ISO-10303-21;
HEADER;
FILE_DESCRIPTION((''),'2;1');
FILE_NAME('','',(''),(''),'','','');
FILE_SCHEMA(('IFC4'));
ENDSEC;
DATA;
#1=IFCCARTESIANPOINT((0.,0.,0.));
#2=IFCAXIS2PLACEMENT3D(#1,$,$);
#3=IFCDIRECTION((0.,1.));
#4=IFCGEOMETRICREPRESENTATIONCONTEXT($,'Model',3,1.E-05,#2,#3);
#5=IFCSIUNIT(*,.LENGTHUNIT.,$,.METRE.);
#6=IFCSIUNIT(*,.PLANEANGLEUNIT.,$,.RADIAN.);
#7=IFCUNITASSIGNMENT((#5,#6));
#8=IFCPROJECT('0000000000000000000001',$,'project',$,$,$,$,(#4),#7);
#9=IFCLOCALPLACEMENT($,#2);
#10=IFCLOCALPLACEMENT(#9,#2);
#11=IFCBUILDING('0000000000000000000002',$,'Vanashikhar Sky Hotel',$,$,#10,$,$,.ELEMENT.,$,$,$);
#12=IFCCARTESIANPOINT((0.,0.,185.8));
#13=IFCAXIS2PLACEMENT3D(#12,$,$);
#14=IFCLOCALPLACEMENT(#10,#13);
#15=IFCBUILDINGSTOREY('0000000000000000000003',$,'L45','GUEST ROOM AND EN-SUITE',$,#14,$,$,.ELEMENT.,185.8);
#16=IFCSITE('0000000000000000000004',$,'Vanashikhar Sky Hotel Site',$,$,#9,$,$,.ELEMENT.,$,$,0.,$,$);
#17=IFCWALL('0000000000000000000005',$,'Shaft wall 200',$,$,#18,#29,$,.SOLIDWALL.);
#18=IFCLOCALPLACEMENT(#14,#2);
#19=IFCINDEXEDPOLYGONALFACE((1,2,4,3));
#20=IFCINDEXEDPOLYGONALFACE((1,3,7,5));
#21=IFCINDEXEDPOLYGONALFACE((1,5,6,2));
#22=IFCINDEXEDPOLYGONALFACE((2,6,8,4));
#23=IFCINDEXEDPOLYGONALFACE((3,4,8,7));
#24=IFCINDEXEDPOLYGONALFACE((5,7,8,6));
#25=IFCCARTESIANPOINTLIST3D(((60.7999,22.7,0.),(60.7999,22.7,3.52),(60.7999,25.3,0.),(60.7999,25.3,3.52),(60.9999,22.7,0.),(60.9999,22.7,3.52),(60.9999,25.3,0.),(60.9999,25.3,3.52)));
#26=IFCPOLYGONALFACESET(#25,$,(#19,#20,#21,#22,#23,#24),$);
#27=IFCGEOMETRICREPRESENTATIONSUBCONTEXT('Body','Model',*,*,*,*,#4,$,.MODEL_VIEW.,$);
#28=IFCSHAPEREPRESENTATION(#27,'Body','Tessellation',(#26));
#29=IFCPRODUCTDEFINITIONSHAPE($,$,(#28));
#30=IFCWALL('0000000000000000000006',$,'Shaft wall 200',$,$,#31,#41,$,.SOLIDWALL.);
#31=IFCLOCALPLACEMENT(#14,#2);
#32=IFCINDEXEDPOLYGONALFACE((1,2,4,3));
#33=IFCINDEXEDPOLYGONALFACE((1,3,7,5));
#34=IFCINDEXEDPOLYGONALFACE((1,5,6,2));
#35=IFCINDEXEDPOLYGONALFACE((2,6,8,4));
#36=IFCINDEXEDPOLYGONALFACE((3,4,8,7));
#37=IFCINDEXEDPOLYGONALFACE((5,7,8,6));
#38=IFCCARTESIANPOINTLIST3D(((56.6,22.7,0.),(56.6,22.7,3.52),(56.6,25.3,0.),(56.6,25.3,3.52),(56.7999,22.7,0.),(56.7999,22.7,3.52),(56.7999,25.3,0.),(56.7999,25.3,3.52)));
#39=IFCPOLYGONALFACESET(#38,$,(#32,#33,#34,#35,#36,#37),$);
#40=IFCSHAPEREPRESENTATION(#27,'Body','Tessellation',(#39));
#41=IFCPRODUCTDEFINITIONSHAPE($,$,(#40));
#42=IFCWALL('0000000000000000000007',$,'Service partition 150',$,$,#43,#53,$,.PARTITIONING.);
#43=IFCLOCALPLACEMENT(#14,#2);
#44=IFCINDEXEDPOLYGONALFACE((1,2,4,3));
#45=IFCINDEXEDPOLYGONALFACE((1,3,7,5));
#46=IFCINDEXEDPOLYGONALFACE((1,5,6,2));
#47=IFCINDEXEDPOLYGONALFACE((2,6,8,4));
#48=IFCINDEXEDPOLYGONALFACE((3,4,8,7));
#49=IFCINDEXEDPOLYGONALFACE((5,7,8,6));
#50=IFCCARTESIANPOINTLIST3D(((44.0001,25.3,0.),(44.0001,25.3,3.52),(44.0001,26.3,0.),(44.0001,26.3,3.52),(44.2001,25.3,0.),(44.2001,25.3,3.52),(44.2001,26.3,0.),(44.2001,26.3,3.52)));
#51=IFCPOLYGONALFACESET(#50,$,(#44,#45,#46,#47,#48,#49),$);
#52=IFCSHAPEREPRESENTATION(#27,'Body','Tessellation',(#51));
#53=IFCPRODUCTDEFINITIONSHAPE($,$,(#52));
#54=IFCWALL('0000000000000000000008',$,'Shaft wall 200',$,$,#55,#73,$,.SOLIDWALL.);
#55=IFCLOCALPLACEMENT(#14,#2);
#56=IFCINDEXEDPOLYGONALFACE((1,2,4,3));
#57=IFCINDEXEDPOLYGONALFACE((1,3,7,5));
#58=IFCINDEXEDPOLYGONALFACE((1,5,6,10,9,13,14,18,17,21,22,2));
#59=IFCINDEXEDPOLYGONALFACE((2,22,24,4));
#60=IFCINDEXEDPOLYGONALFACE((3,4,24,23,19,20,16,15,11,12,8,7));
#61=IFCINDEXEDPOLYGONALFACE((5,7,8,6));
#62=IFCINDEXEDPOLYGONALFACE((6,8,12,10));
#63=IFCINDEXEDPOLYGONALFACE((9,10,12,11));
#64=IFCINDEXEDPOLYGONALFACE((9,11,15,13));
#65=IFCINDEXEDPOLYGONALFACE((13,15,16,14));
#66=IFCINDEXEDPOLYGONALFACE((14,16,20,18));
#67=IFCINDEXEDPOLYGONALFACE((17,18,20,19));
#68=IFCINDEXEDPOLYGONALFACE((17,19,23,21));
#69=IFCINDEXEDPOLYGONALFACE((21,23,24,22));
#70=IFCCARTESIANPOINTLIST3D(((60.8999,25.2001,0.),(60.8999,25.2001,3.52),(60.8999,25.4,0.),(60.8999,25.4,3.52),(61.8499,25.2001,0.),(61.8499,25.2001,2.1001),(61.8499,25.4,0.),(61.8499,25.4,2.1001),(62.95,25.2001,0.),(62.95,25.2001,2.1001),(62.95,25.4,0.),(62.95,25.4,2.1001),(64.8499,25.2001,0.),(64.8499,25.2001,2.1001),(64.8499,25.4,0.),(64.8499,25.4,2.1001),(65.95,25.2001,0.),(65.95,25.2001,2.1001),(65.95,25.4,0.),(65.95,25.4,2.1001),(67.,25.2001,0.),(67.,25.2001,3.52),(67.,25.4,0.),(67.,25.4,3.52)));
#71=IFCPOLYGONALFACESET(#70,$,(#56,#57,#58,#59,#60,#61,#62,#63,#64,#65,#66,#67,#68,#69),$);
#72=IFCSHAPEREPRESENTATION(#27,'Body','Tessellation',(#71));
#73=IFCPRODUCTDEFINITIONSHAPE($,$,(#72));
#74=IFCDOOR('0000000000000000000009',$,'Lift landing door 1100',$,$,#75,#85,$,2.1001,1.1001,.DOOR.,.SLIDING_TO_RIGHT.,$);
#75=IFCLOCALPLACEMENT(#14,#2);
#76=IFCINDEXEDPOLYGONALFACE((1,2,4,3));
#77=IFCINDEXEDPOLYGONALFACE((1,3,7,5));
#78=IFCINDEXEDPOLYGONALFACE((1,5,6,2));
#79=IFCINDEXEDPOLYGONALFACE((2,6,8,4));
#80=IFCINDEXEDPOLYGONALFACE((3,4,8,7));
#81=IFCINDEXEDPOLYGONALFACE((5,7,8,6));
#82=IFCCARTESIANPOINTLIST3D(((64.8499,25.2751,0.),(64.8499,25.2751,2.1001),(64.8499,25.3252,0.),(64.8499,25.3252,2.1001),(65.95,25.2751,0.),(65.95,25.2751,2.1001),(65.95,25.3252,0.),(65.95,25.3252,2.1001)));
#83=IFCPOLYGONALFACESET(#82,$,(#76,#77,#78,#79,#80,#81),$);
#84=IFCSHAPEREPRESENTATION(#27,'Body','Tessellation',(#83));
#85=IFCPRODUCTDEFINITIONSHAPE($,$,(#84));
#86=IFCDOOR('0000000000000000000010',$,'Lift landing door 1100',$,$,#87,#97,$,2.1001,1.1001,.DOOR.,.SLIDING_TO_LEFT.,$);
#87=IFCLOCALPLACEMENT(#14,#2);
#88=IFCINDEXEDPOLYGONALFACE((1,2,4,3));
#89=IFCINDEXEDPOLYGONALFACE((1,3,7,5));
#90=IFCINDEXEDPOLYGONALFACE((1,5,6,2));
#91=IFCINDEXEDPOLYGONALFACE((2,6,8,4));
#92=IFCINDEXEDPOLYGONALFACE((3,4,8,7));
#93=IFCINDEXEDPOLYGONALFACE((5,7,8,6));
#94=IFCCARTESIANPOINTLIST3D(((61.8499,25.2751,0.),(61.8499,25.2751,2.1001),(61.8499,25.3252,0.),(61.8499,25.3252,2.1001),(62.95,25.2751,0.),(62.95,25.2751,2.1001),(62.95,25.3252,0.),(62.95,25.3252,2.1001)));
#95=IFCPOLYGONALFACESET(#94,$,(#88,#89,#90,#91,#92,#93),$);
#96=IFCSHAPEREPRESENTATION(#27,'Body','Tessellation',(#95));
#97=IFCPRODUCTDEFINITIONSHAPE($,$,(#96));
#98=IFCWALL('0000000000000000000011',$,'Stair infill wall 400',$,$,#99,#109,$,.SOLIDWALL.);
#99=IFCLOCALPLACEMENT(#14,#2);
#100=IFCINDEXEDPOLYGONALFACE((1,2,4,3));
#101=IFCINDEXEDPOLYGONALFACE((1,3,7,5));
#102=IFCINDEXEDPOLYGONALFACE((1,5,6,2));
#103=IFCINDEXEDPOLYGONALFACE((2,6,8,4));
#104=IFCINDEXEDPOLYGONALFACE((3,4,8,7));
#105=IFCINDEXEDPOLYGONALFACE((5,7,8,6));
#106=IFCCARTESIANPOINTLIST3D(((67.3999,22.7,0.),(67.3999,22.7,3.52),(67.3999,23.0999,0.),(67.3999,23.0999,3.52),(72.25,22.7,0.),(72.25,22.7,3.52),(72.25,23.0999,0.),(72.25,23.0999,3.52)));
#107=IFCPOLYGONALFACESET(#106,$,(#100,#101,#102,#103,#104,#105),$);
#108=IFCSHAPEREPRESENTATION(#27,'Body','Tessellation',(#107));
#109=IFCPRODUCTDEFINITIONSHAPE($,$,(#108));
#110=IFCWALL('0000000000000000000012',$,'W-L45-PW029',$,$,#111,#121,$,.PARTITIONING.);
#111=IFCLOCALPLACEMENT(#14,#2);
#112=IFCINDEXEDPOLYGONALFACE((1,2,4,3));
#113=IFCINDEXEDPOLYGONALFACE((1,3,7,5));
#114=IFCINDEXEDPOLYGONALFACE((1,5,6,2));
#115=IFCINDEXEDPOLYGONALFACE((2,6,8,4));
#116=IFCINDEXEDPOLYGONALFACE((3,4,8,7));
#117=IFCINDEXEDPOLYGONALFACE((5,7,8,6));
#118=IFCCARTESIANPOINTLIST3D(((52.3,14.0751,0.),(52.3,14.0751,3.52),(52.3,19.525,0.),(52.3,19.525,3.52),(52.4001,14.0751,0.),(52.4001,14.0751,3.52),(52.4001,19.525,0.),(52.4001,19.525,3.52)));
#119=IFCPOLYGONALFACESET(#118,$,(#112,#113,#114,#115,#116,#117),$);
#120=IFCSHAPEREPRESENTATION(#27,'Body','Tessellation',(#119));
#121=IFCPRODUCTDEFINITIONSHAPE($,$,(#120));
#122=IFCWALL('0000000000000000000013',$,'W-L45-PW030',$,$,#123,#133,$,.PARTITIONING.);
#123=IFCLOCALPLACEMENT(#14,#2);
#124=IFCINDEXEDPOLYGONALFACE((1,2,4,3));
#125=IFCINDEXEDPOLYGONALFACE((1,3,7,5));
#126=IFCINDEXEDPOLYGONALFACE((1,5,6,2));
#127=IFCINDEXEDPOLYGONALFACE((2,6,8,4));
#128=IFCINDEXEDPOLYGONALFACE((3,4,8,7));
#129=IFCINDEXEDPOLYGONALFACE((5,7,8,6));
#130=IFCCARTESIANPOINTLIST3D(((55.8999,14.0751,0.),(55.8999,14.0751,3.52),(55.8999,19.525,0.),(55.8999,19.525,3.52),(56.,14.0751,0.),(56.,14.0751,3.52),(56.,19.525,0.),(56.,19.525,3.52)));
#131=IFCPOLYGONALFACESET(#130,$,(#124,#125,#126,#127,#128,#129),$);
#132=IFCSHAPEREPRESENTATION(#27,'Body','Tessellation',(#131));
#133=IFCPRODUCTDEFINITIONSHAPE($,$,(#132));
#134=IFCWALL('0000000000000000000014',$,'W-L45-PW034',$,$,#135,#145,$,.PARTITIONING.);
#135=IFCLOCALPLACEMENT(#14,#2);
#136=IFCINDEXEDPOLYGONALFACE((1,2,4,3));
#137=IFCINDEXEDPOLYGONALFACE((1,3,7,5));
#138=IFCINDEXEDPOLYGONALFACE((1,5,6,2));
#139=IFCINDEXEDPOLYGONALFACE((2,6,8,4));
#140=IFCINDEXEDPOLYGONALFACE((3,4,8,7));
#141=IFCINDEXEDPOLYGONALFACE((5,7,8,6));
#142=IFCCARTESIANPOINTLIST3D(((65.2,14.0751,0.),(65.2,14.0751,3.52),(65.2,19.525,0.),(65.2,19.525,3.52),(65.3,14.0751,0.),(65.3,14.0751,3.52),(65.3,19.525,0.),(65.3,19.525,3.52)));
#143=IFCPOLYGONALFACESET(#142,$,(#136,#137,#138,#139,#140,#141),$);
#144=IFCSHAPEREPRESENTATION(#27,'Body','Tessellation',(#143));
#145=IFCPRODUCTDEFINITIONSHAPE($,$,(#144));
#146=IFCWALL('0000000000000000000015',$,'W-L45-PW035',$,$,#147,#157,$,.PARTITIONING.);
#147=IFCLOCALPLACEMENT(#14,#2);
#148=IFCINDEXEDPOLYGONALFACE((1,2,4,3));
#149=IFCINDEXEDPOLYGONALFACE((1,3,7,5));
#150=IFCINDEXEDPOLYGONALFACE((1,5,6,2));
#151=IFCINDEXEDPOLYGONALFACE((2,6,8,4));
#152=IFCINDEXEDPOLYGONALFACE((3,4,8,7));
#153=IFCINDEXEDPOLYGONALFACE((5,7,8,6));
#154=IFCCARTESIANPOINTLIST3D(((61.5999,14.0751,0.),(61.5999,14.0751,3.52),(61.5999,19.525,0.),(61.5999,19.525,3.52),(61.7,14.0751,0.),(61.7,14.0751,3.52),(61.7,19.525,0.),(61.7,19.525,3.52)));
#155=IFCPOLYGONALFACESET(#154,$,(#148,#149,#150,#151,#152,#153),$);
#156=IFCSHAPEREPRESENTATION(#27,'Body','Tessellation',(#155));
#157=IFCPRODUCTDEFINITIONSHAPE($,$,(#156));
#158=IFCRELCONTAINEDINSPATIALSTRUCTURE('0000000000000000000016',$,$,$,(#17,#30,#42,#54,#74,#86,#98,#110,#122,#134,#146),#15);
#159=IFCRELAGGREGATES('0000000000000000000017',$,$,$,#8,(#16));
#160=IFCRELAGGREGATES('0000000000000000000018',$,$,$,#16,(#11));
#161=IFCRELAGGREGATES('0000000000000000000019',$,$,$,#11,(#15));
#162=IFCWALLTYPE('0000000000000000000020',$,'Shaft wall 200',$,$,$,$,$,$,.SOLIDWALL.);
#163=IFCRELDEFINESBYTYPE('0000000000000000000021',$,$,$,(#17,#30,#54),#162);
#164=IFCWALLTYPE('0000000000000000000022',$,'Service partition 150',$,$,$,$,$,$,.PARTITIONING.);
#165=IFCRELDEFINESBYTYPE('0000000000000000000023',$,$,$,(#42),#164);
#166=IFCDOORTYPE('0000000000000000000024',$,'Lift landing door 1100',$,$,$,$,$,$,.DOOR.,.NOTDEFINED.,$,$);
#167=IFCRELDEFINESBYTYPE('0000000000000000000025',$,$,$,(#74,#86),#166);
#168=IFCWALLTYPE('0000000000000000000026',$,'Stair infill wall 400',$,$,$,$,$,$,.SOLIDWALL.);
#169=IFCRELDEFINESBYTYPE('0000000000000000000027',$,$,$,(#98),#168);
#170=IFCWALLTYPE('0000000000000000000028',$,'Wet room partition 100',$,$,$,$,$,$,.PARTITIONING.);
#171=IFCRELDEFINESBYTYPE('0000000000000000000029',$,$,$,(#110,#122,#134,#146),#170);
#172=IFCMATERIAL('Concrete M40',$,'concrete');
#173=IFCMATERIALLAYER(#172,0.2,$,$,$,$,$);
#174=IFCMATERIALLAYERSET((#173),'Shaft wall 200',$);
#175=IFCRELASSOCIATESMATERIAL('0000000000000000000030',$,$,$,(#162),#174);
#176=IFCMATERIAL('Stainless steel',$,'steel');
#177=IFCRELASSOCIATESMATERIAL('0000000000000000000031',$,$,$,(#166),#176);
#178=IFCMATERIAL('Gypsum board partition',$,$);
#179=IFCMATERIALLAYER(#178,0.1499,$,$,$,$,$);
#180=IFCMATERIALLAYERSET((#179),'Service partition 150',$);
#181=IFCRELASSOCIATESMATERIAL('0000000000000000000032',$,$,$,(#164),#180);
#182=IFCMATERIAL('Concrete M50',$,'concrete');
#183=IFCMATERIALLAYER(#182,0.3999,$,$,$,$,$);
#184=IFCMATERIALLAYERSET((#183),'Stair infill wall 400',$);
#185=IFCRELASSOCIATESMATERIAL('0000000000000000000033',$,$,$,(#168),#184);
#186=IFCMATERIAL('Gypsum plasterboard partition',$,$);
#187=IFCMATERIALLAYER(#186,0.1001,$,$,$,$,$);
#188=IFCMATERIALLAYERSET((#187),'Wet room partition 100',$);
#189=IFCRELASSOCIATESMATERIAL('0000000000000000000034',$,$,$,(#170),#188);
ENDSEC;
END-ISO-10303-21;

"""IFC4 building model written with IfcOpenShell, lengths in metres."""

from ifc_helpers import new_model, si_unit, direction, frame, frame_2d, origin, place, context, subcontext, project, spatial, rectangle, extrude, source, transform, mapped, material, layer, layer_set, type_object, element, fill, save


model = new_model("IFC4")

# Units and contexts
model_context = context("Model", 3, precision=1e-05, world=origin(), true_north=direction((0.0, 1.0)))
body_context = subcontext(model_context, "Body", "Model", "MODEL_VIEW")
ifc_project = project(units=[si_unit("LENGTHUNIT", "METRE"), si_unit("PLANEANGLEUNIT", "RADIAN")], contexts=[model_context])

# Site, building, storey
site_placement = place(None, origin())
site = spatial("IfcSite", under=ifc_project, at=site_placement, Name="Vanashikhar Sky Hotel Site", CompositionType="ELEMENT", RefElevation=0.0)
building_placement = place(site_placement, origin())
building = spatial("IfcBuilding", under=site, at=building_placement, Name="Vanashikhar Sky Hotel", CompositionType="ELEMENT")
storey_placement = place(building_placement, frame((0.0, 0.0, 185.8)))
storey = spatial("IfcBuildingStorey", under=building, at=storey_placement, Name="L45", Description="GUEST ROOM AND EN-SUITE", CompositionType="ELEMENT", Elevation=185.8)

# Shared definitions
ifc_material_1 = material(Name="Concrete M50", Category="concrete")

# Shared definitions
shared_shape_1 = source(origin(), body_context, "Body", "SweptSolid", [
    extrude(rectangle(XDim=1.1001, YDim=2.1001, at=frame_2d((0.55, 1.05))), frame((0.0, 0.0249, 0.0), z_axis=(0.0, -1.0, 0.0), x_axis=(1.0, 0.0, 0.0)), (0.0, 0.0, 1.0), 0.05),
])

# Shared definitions
ifc_material_2 = material(Name="Concrete M40", Category="concrete")
ifc_layer_1 = layer(ifc_material_2, 0.2)
ifc_layer_set_1 = layer_set([ifc_layer_1], Name="Shaft wall 200")
wall_type_1 = type_object("IfcWallType", Name="Shaft wall 200", PredefinedType="SOLIDWALL", material=ifc_layer_set_1)
shared_shape_2 = source(origin(), body_context, "Body", "SweptSolid", [
    extrude(rectangle(XDim=1.1001, YDim=2.1001, at=frame_2d((0.55, 1.05))), frame((0.0, 0.1099, 0.0), z_axis=(0.0, -1.0, 0.0), x_axis=(1.0, 0.0, 0.0)), (0.0, 0.0, 1.0), 0.22),
])
ifc_material_3 = material(Name="Stainless steel", Category="steel")
door_type_1 = type_object("IfcDoorType", Name="Lift landing door 1100", OperationType="NOTDEFINED", PredefinedType="DOOR", material=ifc_material_3)

# Walls
ifc_material_4 = material(Name="Gypsum board partition")
ifc_layer_2 = layer(ifc_material_4, 0.1499)
ifc_layer_set_2 = layer_set([ifc_layer_2], Name="Service partition 150")
wall_type_2 = type_object("IfcWallType", Name="Service partition 150", PredefinedType="PARTITIONING", material=ifc_layer_set_2)
shared_shape_3 = source(origin(), body_context, "Body", "SweptSolid", [
    extrude(rectangle(XDim=2.6001, YDim=0.2, at=frame_2d((1.3, 0.0))), origin(), (0.0, 0.0, 1.0), 3.52),
])
for number, where, z_axis, x_axis, name in (
    (1, (60.8999, 22.7, 0.0), (0.0, 0.0, 1.0), (0.0, 1.0, 0.0), "Shaft wall 200"),
    (2, (56.7, 22.7, 0.0), (0.0, 0.0, 1.0), (0.0, 1.0, 0.0), "Shaft wall 200"),
):
    element("IfcWall", number, at=place(storey_placement, frame(where, z_axis=z_axis, x_axis=x_axis)), inside=storey, type_object=wall_type_1, Name=name, PredefinedType="SOLIDWALL", context=body_context, shape_type="MappedRepresentation", body=[
        mapped(shared_shape_3, transform((0.0, 0.0, 0.0), scale=1.0)),
    ])
shared_shape_4 = source(origin(), body_context, "Body", "SweptSolid", [
    extrude(rectangle(XDim=1.0, YDim=0.2, at=frame_2d((0.5, 0.0))), origin(), (0.0, 0.0, 1.0), 3.52),
])
wall_1_placement = place(storey_placement, frame((44.1001, 25.3, 0.0), z_axis=(0.0, 0.0, 1.0), x_axis=(0.0, 1.0, 0.0)))
element("IfcWall", 3, at=wall_1_placement, inside=storey, type_object=wall_type_2, Name="Service partition 150", PredefinedType="PARTITIONING", context=body_context, shape_type="MappedRepresentation", body=[
    mapped(shared_shape_4, transform((0.0, 0.0, 0.0), scale=1.0)),
])

# Wall, openings, doors
shared_shape_5 = source(origin(), body_context, "Body", "SweptSolid", [
    extrude(rectangle(XDim=6.1001, YDim=0.2, at=frame_2d((3.05, 0.0))), origin(), (0.0, 0.0, 1.0), 3.52),
])
wall_2_placement = place(storey_placement, frame((67.0, 25.3, 0.0), z_axis=(0.0, 0.0, 1.0), x_axis=(-1.0, 0.0, 0.0)))
wall_2 = element("IfcWall", 4, at=wall_2_placement, inside=storey, type_object=wall_type_1, Name="Shaft wall 200", PredefinedType="SOLIDWALL", context=body_context, shape_type="MappedRepresentation", body=[
    mapped(shared_shape_5, transform((0.0, 0.0, 0.0), scale=1.0)),
])
opening_1_placement = place(wall_2_placement, frame((1.05, 0.0, 0.0)))
opening_1 = element("IfcOpeningElement", 5, at=opening_1_placement, cuts=wall_2, PredefinedType="OPENING", context=body_context, shape_type="MappedRepresentation", body=[
    mapped(shared_shape_2, transform((0.0, 0.0, 0.0), scale=1.0)),
])
opening_2_placement = place(wall_2_placement, frame((4.05, 0.0, 0.0)))
opening_2 = element("IfcOpeningElement", 6, at=opening_2_placement, cuts=wall_2, PredefinedType="OPENING", context=body_context, shape_type="MappedRepresentation", body=[
    mapped(shared_shape_2, transform((0.0, 0.0, 0.0), scale=1.0)),
])
door_1_placement = place(opening_1_placement, origin())
door_1 = element("IfcDoor", 7, at=door_1_placement, inside=storey, type_object=door_type_1, Name="Lift landing door 1100", OperationType="SLIDING_TO_RIGHT", OverallHeight=2.1001, OverallWidth=1.1001, PredefinedType="DOOR", context=body_context, shape_type="MappedRepresentation", body=[
    mapped(shared_shape_1, transform((0.0, 0.0, 0.0), scale=1.0)),
])
fill(opening_1, door_1)
door_2_placement = place(opening_2_placement, origin())
door_2 = element("IfcDoor", 8, at=door_2_placement, inside=storey, type_object=door_type_1, Name="Lift landing door 1100", OperationType="SLIDING_TO_LEFT", OverallHeight=2.1001, OverallWidth=1.1001, PredefinedType="DOOR", context=body_context, shape_type="MappedRepresentation", body=[
    mapped(shared_shape_1, transform((0.0, 0.0, 0.0), scale=1.0)),
])
fill(opening_2, door_2)

# Walls
ifc_layer_3 = layer(ifc_material_1, 0.3999)
ifc_layer_set_3 = layer_set([ifc_layer_3], Name="Stair infill wall 400")
wall_type_3 = type_object("IfcWallType", Name="Stair infill wall 400", PredefinedType="SOLIDWALL", material=ifc_layer_set_3)
shared_shape_6 = source(origin(), body_context, "Body", "SweptSolid", [
    extrude(rectangle(XDim=4.8501, YDim=0.3999, at=frame_2d((2.425, 0.0))), origin(), (0.0, 0.0, 1.0), 3.52),
])
wall_3_placement = place(storey_placement, frame((67.3999, 22.8999, 0.0), z_axis=(0.0, 0.0, 1.0), x_axis=(1.0, 0.0, 0.0)))
element("IfcWall", 9, at=wall_3_placement, inside=storey, type_object=wall_type_3, Name="Stair infill wall 400", PredefinedType="SOLIDWALL", context=body_context, shape_type="MappedRepresentation", body=[
    mapped(shared_shape_6, transform((0.0, 0.0, 0.0), scale=1.0)),
])
ifc_material_5 = material(Name="Gypsum plasterboard partition")
ifc_layer_4 = layer(ifc_material_5, 0.1001)
ifc_layer_set_4 = layer_set([ifc_layer_4], Name="Wet room partition 100")
wall_type_4 = type_object("IfcWallType", Name="Wet room partition 100", PredefinedType="PARTITIONING", material=ifc_layer_set_4)
shared_shape_7 = source(origin(), body_context, "Body", "SweptSolid", [
    extrude(rectangle(XDim=5.45, YDim=0.1001, at=frame_2d((2.7251, 0.0))), origin(), (0.0, 0.0, 1.0), 3.52),
])
for number, where, z_axis, x_axis, name in (
    (10, (52.3501, 14.075, 0.0), (0.0, 0.0, 1.0), (0.0, 1.0, 0.0), "W-L45-PW029"),
    (11, (55.95, 14.075, 0.0), (0.0, 0.0, 1.0), (0.0, 1.0, 0.0), "W-L45-PW030"),
    (12, (65.25, 14.075, 0.0), (0.0, 0.0, 1.0), (0.0, 1.0, 0.0), "W-L45-PW034"),
    (13, (61.6499, 14.075, 0.0), (0.0, 0.0, 1.0), (0.0, 1.0, 0.0), "W-L45-PW035"),
):
    element("IfcWall", number, at=place(storey_placement, frame(where, z_axis=z_axis, x_axis=x_axis)), inside=storey, type_object=wall_type_4, Name=name, PredefinedType="PARTITIONING", context=body_context, shape_type="MappedRepresentation", body=[
        mapped(shared_shape_7, transform((0.0, 0.0, 0.0), scale=1.0)),
    ])

save(model, "model.ifc")
